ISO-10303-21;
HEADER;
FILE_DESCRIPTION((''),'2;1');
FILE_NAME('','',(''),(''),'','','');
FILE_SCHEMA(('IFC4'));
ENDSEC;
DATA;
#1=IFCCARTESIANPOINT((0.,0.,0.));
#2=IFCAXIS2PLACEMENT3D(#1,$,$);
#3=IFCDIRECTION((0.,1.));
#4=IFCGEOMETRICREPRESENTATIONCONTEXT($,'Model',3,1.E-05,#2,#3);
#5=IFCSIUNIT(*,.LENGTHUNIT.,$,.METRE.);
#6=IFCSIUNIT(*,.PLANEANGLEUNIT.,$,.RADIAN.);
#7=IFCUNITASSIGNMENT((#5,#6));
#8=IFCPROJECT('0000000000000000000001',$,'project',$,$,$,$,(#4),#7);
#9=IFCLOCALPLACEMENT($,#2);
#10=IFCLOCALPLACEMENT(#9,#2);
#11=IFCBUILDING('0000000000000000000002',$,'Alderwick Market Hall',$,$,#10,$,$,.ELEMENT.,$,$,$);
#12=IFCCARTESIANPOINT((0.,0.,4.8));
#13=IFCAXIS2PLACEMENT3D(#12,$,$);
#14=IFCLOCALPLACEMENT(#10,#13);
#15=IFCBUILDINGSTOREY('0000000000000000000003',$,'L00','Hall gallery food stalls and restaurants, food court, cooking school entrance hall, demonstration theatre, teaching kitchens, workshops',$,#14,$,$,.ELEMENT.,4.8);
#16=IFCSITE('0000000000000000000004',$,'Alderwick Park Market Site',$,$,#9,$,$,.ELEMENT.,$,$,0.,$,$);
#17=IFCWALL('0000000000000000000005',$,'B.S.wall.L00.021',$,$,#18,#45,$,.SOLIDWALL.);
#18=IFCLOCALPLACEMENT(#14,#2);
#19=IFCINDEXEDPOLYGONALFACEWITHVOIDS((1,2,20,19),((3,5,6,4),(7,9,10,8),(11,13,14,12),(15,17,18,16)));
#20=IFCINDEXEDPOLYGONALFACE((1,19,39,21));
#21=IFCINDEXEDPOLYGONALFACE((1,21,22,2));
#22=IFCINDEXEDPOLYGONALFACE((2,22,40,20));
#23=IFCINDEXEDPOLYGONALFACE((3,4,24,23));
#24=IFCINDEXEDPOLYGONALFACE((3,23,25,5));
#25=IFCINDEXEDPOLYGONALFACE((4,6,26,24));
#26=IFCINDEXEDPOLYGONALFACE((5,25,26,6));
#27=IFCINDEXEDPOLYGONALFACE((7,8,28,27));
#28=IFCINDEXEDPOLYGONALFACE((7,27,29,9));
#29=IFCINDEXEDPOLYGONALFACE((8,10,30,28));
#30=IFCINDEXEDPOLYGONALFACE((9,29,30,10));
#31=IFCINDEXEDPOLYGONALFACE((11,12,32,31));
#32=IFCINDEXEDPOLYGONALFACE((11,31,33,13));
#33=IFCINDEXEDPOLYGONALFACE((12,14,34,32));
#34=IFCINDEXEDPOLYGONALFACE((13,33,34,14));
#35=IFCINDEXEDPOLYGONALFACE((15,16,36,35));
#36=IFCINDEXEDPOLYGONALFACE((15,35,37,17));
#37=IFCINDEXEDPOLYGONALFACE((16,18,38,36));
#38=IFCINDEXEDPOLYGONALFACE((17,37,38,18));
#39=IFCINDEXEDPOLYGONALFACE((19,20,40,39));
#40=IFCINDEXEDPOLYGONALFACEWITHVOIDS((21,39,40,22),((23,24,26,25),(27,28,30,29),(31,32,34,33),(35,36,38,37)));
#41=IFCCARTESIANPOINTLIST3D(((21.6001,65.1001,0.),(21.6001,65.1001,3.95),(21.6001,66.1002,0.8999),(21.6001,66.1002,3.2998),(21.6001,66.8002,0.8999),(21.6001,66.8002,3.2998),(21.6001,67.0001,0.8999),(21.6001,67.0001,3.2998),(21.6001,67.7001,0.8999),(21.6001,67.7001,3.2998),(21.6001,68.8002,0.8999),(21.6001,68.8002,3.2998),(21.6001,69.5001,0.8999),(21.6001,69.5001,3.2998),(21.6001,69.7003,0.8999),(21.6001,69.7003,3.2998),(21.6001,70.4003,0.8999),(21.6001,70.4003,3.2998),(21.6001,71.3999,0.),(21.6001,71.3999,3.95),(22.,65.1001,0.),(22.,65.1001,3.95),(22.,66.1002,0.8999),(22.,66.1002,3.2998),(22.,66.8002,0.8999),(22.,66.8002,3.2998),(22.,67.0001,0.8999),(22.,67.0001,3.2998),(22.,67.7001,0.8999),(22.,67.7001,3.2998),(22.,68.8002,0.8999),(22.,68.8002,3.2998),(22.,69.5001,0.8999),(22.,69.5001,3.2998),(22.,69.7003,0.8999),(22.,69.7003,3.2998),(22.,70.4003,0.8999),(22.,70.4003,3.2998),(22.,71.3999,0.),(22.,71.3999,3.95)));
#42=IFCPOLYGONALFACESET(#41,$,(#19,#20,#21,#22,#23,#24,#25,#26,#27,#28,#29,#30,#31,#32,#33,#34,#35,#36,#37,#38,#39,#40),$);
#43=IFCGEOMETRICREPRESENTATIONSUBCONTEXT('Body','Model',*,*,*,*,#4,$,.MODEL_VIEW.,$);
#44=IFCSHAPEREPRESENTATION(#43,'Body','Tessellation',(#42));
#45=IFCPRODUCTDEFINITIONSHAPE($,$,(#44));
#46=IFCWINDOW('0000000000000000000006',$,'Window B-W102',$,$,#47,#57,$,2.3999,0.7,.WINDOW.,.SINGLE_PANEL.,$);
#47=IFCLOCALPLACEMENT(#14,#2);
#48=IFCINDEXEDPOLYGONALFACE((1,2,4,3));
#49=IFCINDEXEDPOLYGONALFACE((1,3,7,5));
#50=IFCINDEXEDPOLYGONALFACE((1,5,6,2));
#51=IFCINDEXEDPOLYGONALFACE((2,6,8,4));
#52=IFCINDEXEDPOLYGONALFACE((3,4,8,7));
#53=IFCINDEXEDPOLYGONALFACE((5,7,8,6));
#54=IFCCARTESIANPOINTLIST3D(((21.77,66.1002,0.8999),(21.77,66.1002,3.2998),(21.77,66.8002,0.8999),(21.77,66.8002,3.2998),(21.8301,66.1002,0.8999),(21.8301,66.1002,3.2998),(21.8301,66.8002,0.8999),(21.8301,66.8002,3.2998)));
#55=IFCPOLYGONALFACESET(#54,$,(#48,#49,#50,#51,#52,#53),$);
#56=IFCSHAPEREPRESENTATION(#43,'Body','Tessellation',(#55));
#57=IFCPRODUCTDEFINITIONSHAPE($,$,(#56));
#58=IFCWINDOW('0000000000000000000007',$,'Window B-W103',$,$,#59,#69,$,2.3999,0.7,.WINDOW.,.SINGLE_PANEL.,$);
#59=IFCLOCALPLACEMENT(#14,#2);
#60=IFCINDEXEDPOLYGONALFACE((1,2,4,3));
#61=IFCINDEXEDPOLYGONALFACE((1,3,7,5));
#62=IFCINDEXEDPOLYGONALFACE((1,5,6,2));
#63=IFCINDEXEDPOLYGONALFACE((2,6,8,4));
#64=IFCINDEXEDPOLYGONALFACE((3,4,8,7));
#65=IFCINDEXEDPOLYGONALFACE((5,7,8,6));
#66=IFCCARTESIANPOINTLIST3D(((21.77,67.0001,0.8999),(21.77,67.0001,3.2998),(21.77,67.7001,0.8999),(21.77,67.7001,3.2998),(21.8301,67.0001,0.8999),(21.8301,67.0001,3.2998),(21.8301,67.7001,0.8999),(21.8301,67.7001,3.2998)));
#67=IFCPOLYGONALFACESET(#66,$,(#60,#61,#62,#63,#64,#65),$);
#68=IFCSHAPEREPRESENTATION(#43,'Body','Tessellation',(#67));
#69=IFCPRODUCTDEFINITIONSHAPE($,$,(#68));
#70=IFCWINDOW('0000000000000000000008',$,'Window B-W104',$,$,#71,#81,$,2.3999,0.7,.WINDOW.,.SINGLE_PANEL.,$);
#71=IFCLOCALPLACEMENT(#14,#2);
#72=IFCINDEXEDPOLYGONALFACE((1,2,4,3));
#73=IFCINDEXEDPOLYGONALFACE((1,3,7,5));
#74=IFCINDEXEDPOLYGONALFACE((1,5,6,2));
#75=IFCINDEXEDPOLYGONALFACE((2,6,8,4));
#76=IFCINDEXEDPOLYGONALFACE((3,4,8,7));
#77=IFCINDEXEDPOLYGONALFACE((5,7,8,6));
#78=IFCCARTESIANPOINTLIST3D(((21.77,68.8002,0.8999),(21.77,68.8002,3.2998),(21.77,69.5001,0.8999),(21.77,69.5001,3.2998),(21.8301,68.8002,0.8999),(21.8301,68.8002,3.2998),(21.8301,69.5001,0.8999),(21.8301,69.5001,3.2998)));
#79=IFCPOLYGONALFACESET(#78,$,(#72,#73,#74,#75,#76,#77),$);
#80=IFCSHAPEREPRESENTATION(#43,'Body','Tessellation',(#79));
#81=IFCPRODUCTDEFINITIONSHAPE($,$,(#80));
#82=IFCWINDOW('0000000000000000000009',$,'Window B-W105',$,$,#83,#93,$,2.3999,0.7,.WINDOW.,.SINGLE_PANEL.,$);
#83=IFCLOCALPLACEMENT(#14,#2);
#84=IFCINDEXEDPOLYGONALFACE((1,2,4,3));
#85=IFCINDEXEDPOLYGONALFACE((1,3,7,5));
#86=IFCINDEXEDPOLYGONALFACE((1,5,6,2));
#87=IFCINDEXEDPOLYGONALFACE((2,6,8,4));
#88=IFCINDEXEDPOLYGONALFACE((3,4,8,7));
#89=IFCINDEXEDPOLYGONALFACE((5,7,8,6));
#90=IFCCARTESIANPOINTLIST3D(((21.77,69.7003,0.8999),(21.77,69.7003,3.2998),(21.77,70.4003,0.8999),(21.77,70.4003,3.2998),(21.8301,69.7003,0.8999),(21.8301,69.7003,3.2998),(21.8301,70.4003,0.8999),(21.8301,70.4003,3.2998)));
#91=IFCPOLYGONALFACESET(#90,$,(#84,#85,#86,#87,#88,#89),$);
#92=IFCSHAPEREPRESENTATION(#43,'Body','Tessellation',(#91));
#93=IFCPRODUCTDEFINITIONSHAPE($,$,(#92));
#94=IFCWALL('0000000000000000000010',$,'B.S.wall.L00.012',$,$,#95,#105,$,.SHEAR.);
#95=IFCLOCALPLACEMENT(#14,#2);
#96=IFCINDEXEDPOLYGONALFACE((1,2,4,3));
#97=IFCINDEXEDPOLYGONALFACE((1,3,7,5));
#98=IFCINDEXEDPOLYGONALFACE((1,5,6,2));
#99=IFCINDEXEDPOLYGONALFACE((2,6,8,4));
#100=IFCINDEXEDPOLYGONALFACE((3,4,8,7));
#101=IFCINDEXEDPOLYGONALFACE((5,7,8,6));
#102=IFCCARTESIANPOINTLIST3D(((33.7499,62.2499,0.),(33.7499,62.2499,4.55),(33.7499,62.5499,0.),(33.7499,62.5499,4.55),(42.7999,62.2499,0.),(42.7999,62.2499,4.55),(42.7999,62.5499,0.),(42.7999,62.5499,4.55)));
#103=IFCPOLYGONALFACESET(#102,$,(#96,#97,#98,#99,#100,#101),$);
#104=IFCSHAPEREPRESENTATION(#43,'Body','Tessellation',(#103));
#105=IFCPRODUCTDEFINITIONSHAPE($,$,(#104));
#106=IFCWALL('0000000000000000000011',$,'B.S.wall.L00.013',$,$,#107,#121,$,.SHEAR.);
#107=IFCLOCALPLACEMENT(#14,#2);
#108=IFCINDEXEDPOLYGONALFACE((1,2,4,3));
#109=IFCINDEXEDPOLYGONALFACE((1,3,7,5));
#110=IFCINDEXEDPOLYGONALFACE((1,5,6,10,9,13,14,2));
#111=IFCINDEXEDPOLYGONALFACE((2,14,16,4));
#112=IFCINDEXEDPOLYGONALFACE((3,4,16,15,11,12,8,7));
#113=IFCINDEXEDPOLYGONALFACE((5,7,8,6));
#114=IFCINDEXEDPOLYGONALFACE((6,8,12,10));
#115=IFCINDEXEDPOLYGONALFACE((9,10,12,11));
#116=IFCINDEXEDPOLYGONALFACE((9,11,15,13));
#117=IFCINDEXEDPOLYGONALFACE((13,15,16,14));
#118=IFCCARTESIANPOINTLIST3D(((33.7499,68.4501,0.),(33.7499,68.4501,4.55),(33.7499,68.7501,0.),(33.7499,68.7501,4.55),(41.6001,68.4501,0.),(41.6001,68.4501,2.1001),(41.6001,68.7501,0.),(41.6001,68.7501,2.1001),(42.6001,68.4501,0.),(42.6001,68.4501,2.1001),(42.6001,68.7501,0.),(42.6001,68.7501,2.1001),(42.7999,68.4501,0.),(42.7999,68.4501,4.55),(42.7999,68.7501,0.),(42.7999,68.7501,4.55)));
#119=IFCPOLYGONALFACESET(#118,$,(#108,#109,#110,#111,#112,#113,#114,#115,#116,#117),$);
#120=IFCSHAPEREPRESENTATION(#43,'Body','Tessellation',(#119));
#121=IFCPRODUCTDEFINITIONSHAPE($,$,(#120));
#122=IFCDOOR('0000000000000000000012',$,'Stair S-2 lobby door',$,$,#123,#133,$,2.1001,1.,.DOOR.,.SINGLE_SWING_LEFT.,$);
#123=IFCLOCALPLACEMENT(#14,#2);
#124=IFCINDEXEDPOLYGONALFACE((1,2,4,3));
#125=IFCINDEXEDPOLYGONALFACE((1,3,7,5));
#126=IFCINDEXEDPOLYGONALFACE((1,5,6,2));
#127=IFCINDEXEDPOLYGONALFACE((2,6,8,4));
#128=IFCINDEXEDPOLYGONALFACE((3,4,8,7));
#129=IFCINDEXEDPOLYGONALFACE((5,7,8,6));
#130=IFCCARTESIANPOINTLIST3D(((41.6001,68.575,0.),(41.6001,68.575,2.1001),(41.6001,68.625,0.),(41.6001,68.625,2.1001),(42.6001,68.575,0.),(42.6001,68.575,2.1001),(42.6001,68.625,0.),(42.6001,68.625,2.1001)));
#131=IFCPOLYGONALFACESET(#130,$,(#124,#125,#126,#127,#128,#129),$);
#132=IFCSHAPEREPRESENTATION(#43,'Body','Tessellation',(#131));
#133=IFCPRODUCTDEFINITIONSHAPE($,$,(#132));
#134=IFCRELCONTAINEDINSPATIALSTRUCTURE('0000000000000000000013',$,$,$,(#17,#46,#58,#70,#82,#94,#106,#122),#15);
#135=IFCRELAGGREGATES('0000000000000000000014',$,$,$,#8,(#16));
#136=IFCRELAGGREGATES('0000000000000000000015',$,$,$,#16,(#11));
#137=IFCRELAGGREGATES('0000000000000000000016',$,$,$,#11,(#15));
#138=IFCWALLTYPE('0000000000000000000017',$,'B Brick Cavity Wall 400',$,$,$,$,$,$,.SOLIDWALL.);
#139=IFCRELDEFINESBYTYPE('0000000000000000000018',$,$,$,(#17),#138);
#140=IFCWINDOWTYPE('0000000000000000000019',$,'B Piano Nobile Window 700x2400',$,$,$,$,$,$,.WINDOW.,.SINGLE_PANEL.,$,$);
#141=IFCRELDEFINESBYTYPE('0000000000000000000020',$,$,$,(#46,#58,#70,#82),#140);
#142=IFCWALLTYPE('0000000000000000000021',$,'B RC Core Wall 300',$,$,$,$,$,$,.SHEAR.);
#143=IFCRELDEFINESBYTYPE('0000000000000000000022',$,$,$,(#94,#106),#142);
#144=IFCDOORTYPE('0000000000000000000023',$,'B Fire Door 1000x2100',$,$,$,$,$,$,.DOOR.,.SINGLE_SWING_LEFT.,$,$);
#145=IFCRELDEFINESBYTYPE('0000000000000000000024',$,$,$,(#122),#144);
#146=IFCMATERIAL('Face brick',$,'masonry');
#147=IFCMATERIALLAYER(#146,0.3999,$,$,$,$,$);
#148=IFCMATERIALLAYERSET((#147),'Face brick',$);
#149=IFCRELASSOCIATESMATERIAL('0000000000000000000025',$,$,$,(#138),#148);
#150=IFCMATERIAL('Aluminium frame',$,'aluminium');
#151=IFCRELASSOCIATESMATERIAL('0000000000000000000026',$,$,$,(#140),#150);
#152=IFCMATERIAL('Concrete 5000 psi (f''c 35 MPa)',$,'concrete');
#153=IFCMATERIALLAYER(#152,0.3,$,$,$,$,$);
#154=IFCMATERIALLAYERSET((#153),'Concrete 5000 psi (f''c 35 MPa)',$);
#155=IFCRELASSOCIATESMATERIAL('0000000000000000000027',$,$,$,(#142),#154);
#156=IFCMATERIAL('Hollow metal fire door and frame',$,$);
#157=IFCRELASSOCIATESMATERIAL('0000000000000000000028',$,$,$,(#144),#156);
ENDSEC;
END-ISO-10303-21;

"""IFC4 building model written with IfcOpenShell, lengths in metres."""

from ifc_helpers import new_model, si_unit, direction, frame, frame_2d, origin, place, context, subcontext, project, spatial, rectangle, extrude, material, layer, layer_set, type_object, element, fill, save


model = new_model("IFC4")

# Units and contexts
model_context = context("Model", 3, precision=1e-05, world=origin(), true_north=direction((0.0, 1.0)))
body_context = subcontext(model_context, "Body", "Model", "MODEL_VIEW")
ifc_project = project(units=[si_unit("LENGTHUNIT", "METRE"), si_unit("PLANEANGLEUNIT", "RADIAN")], contexts=[model_context])

# Site, building, storey
site_placement = place(None, origin())
site = spatial("IfcSite", under=ifc_project, at=site_placement, Name="Alderwick Park Market Site", CompositionType="ELEMENT", RefElevation=0.0)
building_placement = place(site_placement, origin())
building = spatial("IfcBuilding", under=site, at=building_placement, Name="Alderwick Market Hall", CompositionType="ELEMENT")
storey_placement = place(building_placement, frame((0.0, 0.0, 4.8)))
storey = spatial("IfcBuildingStorey", under=building, at=storey_placement, Name="L00", Description="Hall gallery food stalls and restaurants, food court, cooking school entrance hall, demonstration theatre, teaching kitchens, workshops", CompositionType="ELEMENT", Elevation=4.8)

# Shared definitions
ifc_material_1 = material(Name="Concrete 5000 psi (f'c 35 MPa)", Category="concrete")

# Wall, openings, windows
ifc_material_2 = material(Name="Face brick", Category="masonry")
ifc_layer_1 = layer(ifc_material_2, 0.3999)
ifc_layer_set_1 = layer_set([ifc_layer_1], Name="Face brick")
wall_type_1 = type_object("IfcWallType", Name="B Brick Cavity Wall 400", PredefinedType="SOLIDWALL", material=ifc_layer_set_1)
wall_1_placement = place(storey_placement, frame((21.8, 65.1001, 0.0), z_axis=(0.0, 0.0, 1.0), x_axis=(0.0, 1.0, 0.0)))
wall_1 = element("IfcWall", 1, at=wall_1_placement, inside=storey, type_object=wall_type_1, Name="B.S.wall.L00.021", PredefinedType="SOLIDWALL", context=body_context, shape_type="SweptSolid", body=[
    extrude(rectangle(XDim=6.2998, YDim=0.3999, at=frame_2d((3.1499, 0.0))), origin(), (0.0, 0.0, 1.0), 3.95),
])
opening_1_placement = place(wall_1_placement, frame((1.0, 0.0, 0.8999)))
opening_1 = element("IfcOpeningElement", 2, at=opening_1_placement, cuts=wall_1, PredefinedType="OPENING", context=body_context, shape_type="SweptSolid", body=[
    extrude(rectangle(XDim=0.7, YDim=2.3999, at=frame_2d((0.3501, 1.2))), frame((0.0, 0.21, 0.0), z_axis=(0.0, -1.0, 0.0), x_axis=(1.0, 0.0, 0.0)), (0.0, 0.0, 1.0), 0.4199),
])
opening_2_placement = place(wall_1_placement, frame((1.8999, 0.0, 0.8999)))
opening_2 = element("IfcOpeningElement", 3, at=opening_2_placement, cuts=wall_1, PredefinedType="OPENING", context=body_context, shape_type="SweptSolid", body=[
    extrude(rectangle(XDim=0.7, YDim=2.3999, at=frame_2d((0.3501, 1.2))), frame((0.0, 0.21, 0.0), z_axis=(0.0, -1.0, 0.0), x_axis=(1.0, 0.0, 0.0)), (0.0, 0.0, 1.0), 0.4199),
])
opening_3_placement = place(wall_1_placement, frame((3.7, 0.0, 0.8999)))
opening_3 = element("IfcOpeningElement", 4, at=opening_3_placement, cuts=wall_1, PredefinedType="OPENING", context=body_context, shape_type="SweptSolid", body=[
    extrude(rectangle(XDim=0.7, YDim=2.3999, at=frame_2d((0.3501, 1.2))), frame((0.0, 0.21, 0.0), z_axis=(0.0, -1.0, 0.0), x_axis=(1.0, 0.0, 0.0)), (0.0, 0.0, 1.0), 0.4199),
])
opening_4_placement = place(wall_1_placement, frame((4.6001, 0.0, 0.8999)))
opening_4 = element("IfcOpeningElement", 5, at=opening_4_placement, cuts=wall_1, PredefinedType="OPENING", context=body_context, shape_type="SweptSolid", body=[
    extrude(rectangle(XDim=0.7, YDim=2.3999, at=frame_2d((0.3501, 1.2))), frame((0.0, 0.21, 0.0), z_axis=(0.0, -1.0, 0.0), x_axis=(1.0, 0.0, 0.0)), (0.0, 0.0, 1.0), 0.4199),
])
ifc_material_3 = material(Name="Aluminium frame", Category="aluminium")
window_type = type_object("IfcWindowType", Name="B Piano Nobile Window 700x2400", PartitioningType="SINGLE_PANEL", PredefinedType="WINDOW", material=ifc_material_3)
window_1_placement = place(opening_1_placement, origin())
window_1 = element("IfcWindow", 6, at=window_1_placement, inside=storey, type_object=window_type, Name="Window B-W102", OverallHeight=2.3999, OverallWidth=0.7, PartitioningType="SINGLE_PANEL", PredefinedType="WINDOW", context=body_context, shape_type="SweptSolid", body=[
    extrude(rectangle(XDim=0.7, YDim=2.3999, at=frame_2d((0.3501, 1.2))), frame((0.0, 0.03, 0.0), z_axis=(0.0, -1.0, 0.0), x_axis=(1.0, 0.0, 0.0)), (0.0, 0.0, 1.0), 0.0601),
])
fill(opening_1, window_1)
window_2_placement = place(opening_2_placement, origin())
window_2 = element("IfcWindow", 7, at=window_2_placement, inside=storey, type_object=window_type, Name="Window B-W103", OverallHeight=2.3999, OverallWidth=0.7, PartitioningType="SINGLE_PANEL", PredefinedType="WINDOW", context=body_context, shape_type="SweptSolid", body=[
    extrude(rectangle(XDim=0.7, YDim=2.3999, at=frame_2d((0.3501, 1.2))), frame((0.0, 0.03, 0.0), z_axis=(0.0, -1.0, 0.0), x_axis=(1.0, 0.0, 0.0)), (0.0, 0.0, 1.0), 0.0601),
])
fill(opening_2, window_2)
window_3_placement = place(opening_3_placement, origin())
window_3 = element("IfcWindow", 8, at=window_3_placement, inside=storey, type_object=window_type, Name="Window B-W104", OverallHeight=2.3999, OverallWidth=0.7, PartitioningType="SINGLE_PANEL", PredefinedType="WINDOW", context=body_context, shape_type="SweptSolid", body=[
    extrude(rectangle(XDim=0.7, YDim=2.3999, at=frame_2d((0.3501, 1.2))), frame((0.0, 0.03, 0.0), z_axis=(0.0, -1.0, 0.0), x_axis=(1.0, 0.0, 0.0)), (0.0, 0.0, 1.0), 0.0601),
])
fill(opening_3, window_3)
window_4_placement = place(opening_4_placement, origin())
window_4 = element("IfcWindow", 9, at=window_4_placement, inside=storey, type_object=window_type, Name="Window B-W105", OverallHeight=2.3999, OverallWidth=0.7, PartitioningType="SINGLE_PANEL", PredefinedType="WINDOW", context=body_context, shape_type="SweptSolid", body=[
    extrude(rectangle(XDim=0.7, YDim=2.3999, at=frame_2d((0.3501, 1.2))), frame((0.0, 0.03, 0.0), z_axis=(0.0, -1.0, 0.0), x_axis=(1.0, 0.0, 0.0)), (0.0, 0.0, 1.0), 0.0601),
])
fill(opening_4, window_4)

# Wall
ifc_layer_2 = layer(ifc_material_1, 0.3)
ifc_layer_set_2 = layer_set([ifc_layer_2], Name="Concrete 5000 psi (f'c 35 MPa)")
wall_type_2 = type_object("IfcWallType", Name="B RC Core Wall 300", PredefinedType="SHEAR", material=ifc_layer_set_2)
wall_2_placement = place(storey_placement, frame((33.75, 62.3999, 0.0), z_axis=(0.0, 0.0, 1.0), x_axis=(1.0, 0.0, 0.0)))
element("IfcWall", 10, at=wall_2_placement, inside=storey, type_object=wall_type_2, Name="B.S.wall.L00.012", PredefinedType="SHEAR", context=body_context, shape_type="SweptSolid", body=[
    extrude(rectangle(XDim=9.05, YDim=0.3, at=frame_2d((4.5249, 0.0))), origin(), (0.0, 0.0, 1.0), 4.55),
])

# Wall, opening, door
wall_3_placement = place(storey_placement, frame((33.75, 68.6001, 0.0), z_axis=(0.0, 0.0, 1.0), x_axis=(1.0, 0.0, 0.0)))
wall_3 = element("IfcWall", 11, at=wall_3_placement, inside=storey, type_object=wall_type_2, Name="B.S.wall.L00.013", PredefinedType="SHEAR", context=body_context, shape_type="SweptSolid", body=[
    extrude(rectangle(XDim=9.05, YDim=0.3, at=frame_2d((4.5249, 0.0))), origin(), (0.0, 0.0, 1.0), 4.55),
])
opening_5_placement = place(wall_3_placement, frame((7.8501, 0.0, 0.0)))
opening_5 = element("IfcOpeningElement", 12, at=opening_5_placement, cuts=wall_3, PredefinedType="OPENING", context=body_context, shape_type="SweptSolid", body=[
    extrude(rectangle(XDim=1.0, YDim=2.1001, at=frame_2d((0.5, 1.05))), frame((0.0, 0.1599, 0.0), z_axis=(0.0, -1.0, 0.0), x_axis=(1.0, 0.0, 0.0)), (0.0, 0.0, 1.0), 0.3201),
])
ifc_material_4 = material(Name="Hollow metal fire door and frame")
door_type_1 = type_object("IfcDoorType", Name="B Fire Door 1000x2100", OperationType="SINGLE_SWING_LEFT", PredefinedType="DOOR", material=ifc_material_4)
door_1_placement = place(opening_5_placement, origin())
door_1 = element("IfcDoor", 13, at=door_1_placement, inside=storey, type_object=door_type_1, Name="Stair S-2 lobby door", OperationType="SINGLE_SWING_LEFT", OverallHeight=2.1001, OverallWidth=1.0, PredefinedType="DOOR", context=body_context, shape_type="SweptSolid", body=[
    extrude(rectangle(XDim=1.0, YDim=2.1001, at=frame_2d((0.5, 1.05))), frame((0.0, 0.0249, 0.0), z_axis=(0.0, -1.0, 0.0), x_axis=(1.0, 0.0, 0.0)), (0.0, 0.0, 1.0), 0.05),
])
fill(opening_5, door_1)

save(model, "model.ifc")
